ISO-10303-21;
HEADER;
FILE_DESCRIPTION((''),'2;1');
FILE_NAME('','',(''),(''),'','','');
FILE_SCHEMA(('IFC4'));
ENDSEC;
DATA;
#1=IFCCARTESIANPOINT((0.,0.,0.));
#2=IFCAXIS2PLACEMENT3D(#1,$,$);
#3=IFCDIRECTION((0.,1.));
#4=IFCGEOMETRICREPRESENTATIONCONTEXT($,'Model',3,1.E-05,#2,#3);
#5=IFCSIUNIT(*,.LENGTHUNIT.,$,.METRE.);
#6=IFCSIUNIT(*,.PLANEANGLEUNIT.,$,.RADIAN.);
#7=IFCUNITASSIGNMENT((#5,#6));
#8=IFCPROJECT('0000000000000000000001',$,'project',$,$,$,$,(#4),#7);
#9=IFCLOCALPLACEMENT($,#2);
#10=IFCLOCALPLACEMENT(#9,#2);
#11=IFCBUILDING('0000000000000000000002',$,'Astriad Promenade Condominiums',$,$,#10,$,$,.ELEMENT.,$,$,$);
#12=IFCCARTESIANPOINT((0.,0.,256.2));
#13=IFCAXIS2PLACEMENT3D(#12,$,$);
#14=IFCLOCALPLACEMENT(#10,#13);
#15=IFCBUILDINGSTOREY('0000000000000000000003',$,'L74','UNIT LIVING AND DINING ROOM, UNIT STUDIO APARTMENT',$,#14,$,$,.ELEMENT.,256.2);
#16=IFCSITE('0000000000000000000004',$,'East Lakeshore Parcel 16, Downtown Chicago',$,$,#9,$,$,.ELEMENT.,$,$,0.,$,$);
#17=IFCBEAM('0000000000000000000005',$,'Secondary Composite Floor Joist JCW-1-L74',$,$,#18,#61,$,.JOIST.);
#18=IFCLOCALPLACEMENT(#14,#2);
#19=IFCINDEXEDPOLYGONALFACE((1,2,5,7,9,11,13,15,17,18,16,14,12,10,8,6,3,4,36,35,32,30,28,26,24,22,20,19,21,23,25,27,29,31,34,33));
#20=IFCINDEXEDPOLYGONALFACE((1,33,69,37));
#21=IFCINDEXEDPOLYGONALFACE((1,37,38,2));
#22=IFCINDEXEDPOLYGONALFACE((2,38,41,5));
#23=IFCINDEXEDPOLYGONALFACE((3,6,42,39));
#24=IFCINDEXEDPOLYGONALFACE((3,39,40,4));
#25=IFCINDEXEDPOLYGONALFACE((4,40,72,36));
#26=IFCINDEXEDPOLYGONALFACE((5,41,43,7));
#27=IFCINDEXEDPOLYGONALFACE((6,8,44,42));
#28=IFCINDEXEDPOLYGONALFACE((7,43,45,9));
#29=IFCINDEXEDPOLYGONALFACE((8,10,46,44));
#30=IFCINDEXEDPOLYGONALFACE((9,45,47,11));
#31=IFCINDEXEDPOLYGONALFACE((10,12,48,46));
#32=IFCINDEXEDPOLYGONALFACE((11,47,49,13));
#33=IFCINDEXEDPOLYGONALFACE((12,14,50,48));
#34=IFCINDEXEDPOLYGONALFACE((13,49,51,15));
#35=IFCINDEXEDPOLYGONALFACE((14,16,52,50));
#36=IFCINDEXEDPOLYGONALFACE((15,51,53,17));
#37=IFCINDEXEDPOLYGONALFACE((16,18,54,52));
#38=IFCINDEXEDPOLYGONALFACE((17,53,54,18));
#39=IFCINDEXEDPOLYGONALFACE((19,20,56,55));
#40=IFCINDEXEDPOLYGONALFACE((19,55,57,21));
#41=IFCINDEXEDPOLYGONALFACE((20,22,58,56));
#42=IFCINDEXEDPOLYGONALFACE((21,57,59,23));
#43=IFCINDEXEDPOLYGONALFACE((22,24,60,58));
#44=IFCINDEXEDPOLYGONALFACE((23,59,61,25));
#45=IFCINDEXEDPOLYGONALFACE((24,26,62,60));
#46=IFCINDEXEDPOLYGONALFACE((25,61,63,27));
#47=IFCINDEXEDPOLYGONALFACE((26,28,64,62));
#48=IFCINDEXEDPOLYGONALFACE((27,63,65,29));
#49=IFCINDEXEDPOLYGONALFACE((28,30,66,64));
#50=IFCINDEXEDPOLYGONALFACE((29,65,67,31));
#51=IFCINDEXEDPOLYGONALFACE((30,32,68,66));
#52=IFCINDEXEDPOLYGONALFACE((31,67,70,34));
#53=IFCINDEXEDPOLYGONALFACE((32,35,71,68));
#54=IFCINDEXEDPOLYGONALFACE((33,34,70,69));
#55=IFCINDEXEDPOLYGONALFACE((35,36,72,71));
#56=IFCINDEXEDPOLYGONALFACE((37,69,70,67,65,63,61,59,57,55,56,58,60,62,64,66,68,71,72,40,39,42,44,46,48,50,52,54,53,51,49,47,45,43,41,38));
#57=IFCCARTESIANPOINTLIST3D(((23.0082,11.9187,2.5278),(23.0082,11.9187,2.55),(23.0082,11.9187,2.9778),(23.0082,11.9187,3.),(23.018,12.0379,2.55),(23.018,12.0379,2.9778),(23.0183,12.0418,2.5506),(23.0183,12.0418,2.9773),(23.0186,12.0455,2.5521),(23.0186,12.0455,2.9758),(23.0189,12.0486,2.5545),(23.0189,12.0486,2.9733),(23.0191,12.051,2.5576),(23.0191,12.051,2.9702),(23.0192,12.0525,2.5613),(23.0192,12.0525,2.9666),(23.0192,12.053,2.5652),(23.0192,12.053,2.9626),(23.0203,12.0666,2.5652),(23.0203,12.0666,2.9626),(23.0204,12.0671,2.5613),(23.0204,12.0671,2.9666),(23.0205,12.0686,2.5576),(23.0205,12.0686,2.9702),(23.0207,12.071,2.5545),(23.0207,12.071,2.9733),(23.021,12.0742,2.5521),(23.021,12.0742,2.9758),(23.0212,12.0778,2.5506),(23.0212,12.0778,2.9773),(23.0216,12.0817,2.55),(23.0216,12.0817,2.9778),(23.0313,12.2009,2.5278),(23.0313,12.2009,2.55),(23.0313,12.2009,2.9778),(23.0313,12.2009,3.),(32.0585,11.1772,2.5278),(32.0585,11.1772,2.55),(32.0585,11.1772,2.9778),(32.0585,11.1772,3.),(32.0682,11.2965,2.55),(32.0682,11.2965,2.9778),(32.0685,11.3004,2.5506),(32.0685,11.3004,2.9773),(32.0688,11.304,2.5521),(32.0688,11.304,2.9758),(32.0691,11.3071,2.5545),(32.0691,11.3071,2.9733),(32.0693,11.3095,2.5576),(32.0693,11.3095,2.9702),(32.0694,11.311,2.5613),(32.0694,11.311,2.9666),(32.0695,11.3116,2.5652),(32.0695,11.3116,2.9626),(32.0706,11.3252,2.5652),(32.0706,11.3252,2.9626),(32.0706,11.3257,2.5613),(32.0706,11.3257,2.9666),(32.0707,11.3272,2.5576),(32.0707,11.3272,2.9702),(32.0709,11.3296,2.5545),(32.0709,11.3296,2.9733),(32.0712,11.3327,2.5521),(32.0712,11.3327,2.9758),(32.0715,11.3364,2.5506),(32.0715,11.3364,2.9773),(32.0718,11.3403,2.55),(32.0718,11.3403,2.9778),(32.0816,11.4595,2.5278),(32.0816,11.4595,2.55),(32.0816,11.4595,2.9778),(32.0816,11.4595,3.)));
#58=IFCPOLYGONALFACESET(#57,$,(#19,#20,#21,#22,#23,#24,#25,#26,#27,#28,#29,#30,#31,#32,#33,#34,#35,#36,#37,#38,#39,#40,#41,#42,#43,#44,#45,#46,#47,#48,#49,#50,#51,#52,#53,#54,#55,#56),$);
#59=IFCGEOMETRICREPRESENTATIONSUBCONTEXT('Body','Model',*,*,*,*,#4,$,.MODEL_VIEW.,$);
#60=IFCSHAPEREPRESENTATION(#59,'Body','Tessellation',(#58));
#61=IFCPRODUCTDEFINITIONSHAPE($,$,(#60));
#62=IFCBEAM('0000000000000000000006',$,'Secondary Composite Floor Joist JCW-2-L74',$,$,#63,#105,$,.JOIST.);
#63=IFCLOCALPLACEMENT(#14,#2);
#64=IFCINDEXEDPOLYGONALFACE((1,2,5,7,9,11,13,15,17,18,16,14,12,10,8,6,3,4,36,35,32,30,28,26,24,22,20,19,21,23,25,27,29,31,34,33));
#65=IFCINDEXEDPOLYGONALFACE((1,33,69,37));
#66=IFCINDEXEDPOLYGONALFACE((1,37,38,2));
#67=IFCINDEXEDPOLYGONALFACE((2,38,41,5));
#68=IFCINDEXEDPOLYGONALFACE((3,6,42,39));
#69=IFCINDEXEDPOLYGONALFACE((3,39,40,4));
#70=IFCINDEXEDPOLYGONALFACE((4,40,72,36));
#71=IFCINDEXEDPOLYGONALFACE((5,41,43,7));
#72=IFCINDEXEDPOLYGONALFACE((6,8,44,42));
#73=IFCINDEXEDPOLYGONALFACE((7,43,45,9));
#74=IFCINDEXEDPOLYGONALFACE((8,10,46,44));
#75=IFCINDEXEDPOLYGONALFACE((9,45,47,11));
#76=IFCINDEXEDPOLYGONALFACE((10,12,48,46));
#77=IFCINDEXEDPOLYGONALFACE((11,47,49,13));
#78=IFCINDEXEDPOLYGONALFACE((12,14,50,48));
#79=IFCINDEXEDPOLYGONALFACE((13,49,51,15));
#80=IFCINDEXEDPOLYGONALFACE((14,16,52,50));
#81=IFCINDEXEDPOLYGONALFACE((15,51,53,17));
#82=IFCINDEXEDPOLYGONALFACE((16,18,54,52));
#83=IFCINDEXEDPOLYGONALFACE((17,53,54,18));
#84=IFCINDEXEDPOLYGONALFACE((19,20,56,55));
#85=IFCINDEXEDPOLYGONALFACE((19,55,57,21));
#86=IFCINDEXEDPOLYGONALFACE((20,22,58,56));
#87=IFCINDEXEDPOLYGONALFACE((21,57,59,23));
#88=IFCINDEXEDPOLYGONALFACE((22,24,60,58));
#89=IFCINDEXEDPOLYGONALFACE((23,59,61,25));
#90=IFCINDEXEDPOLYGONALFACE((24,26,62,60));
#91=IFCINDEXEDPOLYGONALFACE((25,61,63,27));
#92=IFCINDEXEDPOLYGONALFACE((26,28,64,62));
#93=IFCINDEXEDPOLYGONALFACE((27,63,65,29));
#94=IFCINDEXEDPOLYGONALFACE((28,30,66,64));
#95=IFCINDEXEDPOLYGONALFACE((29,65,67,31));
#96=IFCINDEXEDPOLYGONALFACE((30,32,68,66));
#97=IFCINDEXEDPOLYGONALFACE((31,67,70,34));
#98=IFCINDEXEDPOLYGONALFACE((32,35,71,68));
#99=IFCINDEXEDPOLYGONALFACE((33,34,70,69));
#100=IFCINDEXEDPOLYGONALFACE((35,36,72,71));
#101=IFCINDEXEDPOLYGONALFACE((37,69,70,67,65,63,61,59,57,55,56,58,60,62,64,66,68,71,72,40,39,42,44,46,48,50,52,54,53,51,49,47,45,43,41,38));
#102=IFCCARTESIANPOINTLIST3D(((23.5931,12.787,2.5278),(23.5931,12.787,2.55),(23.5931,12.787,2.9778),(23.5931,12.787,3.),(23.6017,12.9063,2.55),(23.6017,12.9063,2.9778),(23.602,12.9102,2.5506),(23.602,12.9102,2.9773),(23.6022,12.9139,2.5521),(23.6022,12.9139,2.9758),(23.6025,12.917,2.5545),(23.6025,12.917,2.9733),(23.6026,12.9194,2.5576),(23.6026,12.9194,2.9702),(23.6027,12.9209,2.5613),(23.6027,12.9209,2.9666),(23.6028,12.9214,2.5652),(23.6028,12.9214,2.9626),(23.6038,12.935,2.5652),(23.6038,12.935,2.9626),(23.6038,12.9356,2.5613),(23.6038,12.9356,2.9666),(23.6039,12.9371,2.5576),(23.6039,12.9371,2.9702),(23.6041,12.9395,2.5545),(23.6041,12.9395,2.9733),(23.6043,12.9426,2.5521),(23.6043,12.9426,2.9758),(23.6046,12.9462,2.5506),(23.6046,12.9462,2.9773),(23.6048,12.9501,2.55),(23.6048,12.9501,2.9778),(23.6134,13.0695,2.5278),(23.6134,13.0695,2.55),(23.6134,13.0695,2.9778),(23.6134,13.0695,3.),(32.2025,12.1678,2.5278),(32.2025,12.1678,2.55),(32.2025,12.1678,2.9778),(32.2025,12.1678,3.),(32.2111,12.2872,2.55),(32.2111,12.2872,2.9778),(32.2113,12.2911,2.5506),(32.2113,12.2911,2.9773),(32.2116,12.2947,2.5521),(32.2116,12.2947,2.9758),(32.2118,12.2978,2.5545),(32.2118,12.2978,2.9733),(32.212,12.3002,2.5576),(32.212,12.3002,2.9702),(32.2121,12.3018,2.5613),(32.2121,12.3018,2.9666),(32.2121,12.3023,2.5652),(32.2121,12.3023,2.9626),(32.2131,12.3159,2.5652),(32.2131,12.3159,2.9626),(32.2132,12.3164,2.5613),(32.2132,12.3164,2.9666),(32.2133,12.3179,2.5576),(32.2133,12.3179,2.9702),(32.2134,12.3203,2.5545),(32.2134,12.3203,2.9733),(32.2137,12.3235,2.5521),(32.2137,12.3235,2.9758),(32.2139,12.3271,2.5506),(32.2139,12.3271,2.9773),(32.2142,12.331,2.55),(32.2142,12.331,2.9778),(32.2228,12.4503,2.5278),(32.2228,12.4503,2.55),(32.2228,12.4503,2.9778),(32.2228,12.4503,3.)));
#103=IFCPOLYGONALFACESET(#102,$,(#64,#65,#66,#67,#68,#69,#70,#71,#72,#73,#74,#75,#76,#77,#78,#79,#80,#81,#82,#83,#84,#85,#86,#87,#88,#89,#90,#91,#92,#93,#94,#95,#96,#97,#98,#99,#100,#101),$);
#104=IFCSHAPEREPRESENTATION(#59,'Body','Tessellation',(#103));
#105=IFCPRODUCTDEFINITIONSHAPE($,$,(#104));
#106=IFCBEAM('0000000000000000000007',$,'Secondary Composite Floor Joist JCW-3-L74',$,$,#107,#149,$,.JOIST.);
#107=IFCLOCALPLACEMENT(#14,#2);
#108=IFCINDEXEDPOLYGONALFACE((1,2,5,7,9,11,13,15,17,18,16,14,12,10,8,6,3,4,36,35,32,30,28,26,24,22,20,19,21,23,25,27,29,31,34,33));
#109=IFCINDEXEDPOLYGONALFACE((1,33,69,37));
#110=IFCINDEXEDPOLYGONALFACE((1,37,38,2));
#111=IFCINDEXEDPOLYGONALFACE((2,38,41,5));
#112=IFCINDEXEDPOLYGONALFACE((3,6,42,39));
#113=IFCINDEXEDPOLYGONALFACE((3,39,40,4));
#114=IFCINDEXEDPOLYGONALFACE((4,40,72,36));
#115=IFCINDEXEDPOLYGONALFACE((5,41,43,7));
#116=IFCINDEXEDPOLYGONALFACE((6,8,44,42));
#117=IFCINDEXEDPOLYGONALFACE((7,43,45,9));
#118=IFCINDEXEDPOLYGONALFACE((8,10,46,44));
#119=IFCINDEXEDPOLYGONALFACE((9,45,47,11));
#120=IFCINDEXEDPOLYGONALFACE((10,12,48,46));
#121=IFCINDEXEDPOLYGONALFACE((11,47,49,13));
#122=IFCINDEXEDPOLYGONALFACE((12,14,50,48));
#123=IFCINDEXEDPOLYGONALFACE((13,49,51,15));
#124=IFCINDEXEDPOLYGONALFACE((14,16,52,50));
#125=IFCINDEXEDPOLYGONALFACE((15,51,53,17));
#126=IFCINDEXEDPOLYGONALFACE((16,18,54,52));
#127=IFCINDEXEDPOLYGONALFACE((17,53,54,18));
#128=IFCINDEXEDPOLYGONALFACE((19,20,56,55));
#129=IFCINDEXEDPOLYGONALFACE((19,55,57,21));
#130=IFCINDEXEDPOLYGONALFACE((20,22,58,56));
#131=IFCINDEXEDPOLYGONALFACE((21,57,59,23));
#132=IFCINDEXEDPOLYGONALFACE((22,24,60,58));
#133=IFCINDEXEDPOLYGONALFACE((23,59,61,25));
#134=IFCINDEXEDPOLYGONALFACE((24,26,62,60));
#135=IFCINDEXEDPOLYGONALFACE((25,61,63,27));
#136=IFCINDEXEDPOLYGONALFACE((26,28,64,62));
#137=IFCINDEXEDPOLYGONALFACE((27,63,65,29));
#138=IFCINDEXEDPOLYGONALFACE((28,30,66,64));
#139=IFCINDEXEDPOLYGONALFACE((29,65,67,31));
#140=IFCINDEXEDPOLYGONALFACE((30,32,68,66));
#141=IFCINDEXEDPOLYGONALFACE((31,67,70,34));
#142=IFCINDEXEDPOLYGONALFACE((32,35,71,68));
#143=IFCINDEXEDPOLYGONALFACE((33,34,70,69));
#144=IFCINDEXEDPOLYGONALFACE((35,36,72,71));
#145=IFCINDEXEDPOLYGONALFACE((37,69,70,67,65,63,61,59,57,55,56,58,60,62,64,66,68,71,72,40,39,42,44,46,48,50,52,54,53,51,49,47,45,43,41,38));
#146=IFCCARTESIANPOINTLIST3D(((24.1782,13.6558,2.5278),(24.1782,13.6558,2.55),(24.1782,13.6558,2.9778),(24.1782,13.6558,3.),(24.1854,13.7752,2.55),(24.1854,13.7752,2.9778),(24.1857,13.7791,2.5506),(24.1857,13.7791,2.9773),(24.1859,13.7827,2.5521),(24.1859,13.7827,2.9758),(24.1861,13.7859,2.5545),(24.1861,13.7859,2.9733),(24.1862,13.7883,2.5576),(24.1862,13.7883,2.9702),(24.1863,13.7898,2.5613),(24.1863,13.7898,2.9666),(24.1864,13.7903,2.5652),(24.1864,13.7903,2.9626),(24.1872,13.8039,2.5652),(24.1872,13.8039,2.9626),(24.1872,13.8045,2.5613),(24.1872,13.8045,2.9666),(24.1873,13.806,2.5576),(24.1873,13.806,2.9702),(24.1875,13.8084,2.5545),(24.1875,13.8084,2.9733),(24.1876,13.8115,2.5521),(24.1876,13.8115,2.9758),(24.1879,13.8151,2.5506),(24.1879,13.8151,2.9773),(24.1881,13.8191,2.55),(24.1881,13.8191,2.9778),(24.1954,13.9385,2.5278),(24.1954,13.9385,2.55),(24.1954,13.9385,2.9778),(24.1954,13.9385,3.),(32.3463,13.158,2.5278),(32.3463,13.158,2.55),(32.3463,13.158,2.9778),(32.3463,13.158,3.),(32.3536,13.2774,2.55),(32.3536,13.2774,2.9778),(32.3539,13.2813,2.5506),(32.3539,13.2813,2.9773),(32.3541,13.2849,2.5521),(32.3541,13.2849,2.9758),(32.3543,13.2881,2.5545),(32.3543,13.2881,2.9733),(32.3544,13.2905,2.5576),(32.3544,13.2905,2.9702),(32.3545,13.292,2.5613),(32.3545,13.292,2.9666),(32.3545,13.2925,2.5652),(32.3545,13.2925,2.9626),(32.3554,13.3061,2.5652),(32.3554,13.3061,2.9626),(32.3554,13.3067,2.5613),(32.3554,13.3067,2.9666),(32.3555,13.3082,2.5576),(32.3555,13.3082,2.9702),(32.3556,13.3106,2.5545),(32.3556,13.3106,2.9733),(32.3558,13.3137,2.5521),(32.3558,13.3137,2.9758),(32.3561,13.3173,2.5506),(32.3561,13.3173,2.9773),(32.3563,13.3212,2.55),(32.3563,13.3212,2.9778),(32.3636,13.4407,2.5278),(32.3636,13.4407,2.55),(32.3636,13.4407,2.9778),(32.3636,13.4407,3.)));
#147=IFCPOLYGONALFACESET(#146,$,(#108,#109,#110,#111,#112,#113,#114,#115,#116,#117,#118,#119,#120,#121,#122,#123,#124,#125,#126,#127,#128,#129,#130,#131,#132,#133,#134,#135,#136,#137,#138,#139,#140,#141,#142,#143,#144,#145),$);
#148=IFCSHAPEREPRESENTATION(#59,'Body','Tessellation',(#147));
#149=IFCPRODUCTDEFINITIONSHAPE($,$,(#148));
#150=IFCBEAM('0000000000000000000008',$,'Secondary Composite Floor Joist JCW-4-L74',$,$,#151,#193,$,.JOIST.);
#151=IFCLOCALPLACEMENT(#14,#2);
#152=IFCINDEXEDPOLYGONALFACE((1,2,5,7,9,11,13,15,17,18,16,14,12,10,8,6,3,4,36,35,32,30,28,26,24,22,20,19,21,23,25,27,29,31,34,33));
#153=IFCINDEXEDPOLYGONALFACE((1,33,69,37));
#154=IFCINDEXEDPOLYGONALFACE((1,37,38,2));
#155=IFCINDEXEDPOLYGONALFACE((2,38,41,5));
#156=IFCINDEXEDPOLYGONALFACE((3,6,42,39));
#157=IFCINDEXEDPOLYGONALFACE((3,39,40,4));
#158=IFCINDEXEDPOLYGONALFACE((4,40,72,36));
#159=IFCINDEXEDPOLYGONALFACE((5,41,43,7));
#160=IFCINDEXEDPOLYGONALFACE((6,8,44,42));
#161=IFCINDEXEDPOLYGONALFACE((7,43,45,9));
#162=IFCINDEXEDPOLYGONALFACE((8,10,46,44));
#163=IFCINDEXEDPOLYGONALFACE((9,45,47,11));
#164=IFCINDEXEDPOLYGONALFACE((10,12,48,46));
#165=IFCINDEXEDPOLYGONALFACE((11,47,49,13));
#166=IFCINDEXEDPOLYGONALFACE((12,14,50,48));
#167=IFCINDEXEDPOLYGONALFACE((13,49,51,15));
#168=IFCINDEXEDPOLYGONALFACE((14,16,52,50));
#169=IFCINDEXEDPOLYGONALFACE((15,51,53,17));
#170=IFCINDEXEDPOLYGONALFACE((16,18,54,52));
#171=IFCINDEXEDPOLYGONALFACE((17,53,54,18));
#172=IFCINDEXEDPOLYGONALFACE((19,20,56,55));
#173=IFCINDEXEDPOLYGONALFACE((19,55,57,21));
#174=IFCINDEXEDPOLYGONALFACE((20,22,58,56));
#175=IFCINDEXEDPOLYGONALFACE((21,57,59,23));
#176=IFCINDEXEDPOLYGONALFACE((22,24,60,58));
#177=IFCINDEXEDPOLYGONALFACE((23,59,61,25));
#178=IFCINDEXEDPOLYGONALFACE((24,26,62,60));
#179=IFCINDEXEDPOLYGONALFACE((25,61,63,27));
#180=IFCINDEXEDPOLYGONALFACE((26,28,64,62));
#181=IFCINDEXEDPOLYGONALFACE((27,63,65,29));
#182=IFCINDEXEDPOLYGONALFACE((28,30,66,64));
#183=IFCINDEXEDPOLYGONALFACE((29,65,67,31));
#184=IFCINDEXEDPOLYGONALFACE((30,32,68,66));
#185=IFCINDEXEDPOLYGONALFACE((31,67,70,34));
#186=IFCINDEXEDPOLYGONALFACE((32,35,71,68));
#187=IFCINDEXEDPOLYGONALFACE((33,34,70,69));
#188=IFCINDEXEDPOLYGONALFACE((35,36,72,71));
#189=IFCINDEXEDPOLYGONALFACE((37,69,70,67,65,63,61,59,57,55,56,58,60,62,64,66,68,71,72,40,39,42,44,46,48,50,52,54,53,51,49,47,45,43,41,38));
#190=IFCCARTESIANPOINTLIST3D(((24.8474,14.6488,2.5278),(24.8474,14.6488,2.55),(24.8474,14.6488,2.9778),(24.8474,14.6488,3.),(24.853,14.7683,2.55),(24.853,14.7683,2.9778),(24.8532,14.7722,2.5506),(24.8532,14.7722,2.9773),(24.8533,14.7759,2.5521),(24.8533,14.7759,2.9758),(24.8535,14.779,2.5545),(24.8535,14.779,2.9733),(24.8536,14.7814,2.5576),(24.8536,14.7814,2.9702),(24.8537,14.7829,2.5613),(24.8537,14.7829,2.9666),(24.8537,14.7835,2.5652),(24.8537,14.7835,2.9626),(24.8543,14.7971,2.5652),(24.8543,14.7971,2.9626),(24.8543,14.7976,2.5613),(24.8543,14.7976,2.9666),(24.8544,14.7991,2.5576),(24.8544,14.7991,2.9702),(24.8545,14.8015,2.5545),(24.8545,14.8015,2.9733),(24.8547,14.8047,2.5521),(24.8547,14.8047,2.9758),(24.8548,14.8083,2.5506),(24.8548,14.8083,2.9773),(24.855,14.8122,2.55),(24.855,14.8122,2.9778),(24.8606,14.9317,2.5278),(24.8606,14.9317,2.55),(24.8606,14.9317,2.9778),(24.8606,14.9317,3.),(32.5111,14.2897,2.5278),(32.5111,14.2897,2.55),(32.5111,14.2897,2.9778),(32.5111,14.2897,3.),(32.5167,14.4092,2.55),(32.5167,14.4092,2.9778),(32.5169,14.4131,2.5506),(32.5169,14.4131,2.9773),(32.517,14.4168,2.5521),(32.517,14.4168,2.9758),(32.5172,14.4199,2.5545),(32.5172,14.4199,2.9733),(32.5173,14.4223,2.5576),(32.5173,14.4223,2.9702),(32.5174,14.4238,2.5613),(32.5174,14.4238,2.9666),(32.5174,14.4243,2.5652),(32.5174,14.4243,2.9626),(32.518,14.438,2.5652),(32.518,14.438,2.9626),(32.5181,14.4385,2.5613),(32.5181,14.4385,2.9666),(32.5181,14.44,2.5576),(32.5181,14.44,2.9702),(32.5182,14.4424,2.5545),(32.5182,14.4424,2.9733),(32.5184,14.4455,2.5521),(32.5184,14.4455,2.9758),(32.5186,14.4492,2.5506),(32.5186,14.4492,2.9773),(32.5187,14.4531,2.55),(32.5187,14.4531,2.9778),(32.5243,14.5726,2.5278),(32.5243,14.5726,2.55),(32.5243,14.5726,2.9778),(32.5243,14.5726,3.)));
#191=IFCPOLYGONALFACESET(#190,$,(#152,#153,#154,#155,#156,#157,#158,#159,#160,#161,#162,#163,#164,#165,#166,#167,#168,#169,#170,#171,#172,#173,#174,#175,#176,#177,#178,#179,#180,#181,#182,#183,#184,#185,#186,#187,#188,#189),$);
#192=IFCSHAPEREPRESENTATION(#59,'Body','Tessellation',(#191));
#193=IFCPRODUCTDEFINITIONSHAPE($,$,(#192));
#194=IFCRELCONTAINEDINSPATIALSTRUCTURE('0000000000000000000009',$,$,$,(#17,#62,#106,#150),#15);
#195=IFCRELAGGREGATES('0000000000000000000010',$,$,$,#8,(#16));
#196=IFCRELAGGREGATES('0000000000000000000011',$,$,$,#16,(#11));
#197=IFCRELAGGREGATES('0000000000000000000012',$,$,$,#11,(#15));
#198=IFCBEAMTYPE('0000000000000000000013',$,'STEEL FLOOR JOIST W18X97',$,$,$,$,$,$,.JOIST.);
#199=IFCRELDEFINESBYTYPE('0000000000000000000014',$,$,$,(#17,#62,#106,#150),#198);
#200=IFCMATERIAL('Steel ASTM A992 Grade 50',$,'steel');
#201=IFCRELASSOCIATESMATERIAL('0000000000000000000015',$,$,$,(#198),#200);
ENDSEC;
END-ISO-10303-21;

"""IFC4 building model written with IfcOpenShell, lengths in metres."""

from ifc_helpers import new_model, si_unit, direction, frame, origin, origin_2d, place, context, subcontext, project, spatial, i_section, extrude, source, transform, mapped, material, material_profile, profile_set, type_object, element, save


model = new_model("IFC4")

# Units and contexts
model_context = context("Model", 3, precision=1e-05, world=origin(), true_north=direction((0.0, 1.0)))
body_context = subcontext(model_context, "Body", "Model", "MODEL_VIEW")
ifc_project = project(units=[si_unit("LENGTHUNIT", "METRE"), si_unit("PLANEANGLEUNIT", "RADIAN")], contexts=[model_context])

# Site, building, storey
site_placement = place(None, origin())
site = spatial("IfcSite", under=ifc_project, at=site_placement, Name="East Lakeshore Parcel 16, Downtown Chicago", CompositionType="ELEMENT", RefElevation=0.0)
building_placement = place(site_placement, origin())
building = spatial("IfcBuilding", under=site, at=building_placement, Name="Astriad Promenade Condominiums", CompositionType="ELEMENT")
storey_placement = place(building_placement, frame((0.0, 0.0, 256.2)))
storey = spatial("IfcBuildingStorey", under=building, at=storey_placement, Name="L74", Description="UNIT LIVING AND DINING ROOM, UNIT STUDIO APARTMENT", CompositionType="ELEMENT", Elevation=256.2)

# Beams
ifc_material_1 = material(Name="Steel ASTM A992 Grade 50", Category="steel")
ifc_material_profile_1 = material_profile(ifc_material_1, i_section(OverallWidth=0.2832, OverallDepth=0.4722, WebThickness=0.0137, FlangeThickness=0.0222, FilletRadius=0.0151, at=origin_2d()), Name="W18X97")
ifc_profile_set_1 = profile_set([ifc_material_profile_1], Name="Steel ASTM A992 Grade 50")
beam_type_1 = type_object("IfcBeamType", Name="STEEL FLOOR JOIST W18X97", PredefinedType="JOIST", material=ifc_profile_set_1)
shared_shape_1 = source(origin(), body_context, "Body", "SweptSolid", [
    extrude(i_section(OverallWidth=0.2832, OverallDepth=0.4722, WebThickness=0.0137, FlangeThickness=0.0222, FilletRadius=0.0151, at=origin_2d()), origin(), (0.0, 0.0, 1.0), 9.0806),
])
beam_1_placement = place(storey_placement, frame((23.0198, 12.0598, 2.7639), z_axis=(0.996661, -0.081653, 0.0), x_axis=(0.081653, 0.996661, 0.0)))
element("IfcBeam", 1, at=beam_1_placement, inside=storey, type_object=beam_type_1, Name="Secondary Composite Floor Joist JCW-1-L74", PredefinedType="JOIST", context=body_context, shape_type="MappedRepresentation", body=[
    mapped(shared_shape_1, transform((0.0, 0.0, 0.0), scale=1.0)),
])
shared_shape_2 = source(origin(), body_context, "Body", "SweptSolid", [
    extrude(i_section(OverallWidth=0.2832, OverallDepth=0.4722, WebThickness=0.0137, FlangeThickness=0.0222, FilletRadius=0.0151, at=origin_2d()), origin(), (0.0, 0.0, 1.0), 8.6316),
])
beam_2_placement = place(storey_placement, frame((23.6033, 12.9282, 2.7639), z_axis=(0.997424, -0.071729, 0.0), x_axis=(0.071729, 0.997424, 0.0)))
element("IfcBeam", 2, at=beam_2_placement, inside=storey, type_object=beam_type_1, Name="Secondary Composite Floor Joist JCW-2-L74", PredefinedType="JOIST", context=body_context, shape_type="MappedRepresentation", body=[
    mapped(shared_shape_2, transform((0.0, 0.0, 0.0), scale=1.0)),
])
shared_shape_3 = source(origin(), body_context, "Body", "SweptSolid", [
    extrude(i_section(OverallWidth=0.2832, OverallDepth=0.4722, WebThickness=0.0137, FlangeThickness=0.0222, FilletRadius=0.0151, at=origin_2d()), origin(), (0.0, 0.0, 1.0), 8.1833),
])
beam_3_placement = place(storey_placement, frame((24.1868, 13.7971, 2.7639), z_axis=(0.998148, -0.060831, 0.0), x_axis=(0.060831, 0.998148, 0.0)))
element("IfcBeam", 3, at=beam_3_placement, inside=storey, type_object=beam_type_1, Name="Secondary Composite Floor Joist JCW-3-L74", PredefinedType="JOIST", context=body_context, shape_type="MappedRepresentation", body=[
    mapped(shared_shape_3, transform((0.0, 0.0, 0.0), scale=1.0)),
])
shared_shape_4 = source(origin(), body_context, "Body", "SweptSolid", [
    extrude(i_section(OverallWidth=0.2832, OverallDepth=0.4722, WebThickness=0.0137, FlangeThickness=0.0222, FilletRadius=0.0151, at=origin_2d()), origin(), (0.0, 0.0, 1.0), 7.6721),
])
beam_4_placement = place(storey_placement, frame((24.854, 14.7903, 2.7639), z_axis=(0.998904, -0.046809, 0.0), x_axis=(0.046809, 0.998904, 0.0)))
element("IfcBeam", 4, at=beam_4_placement, inside=storey, type_object=beam_type_1, Name="Secondary Composite Floor Joist JCW-4-L74", PredefinedType="JOIST", context=body_context, shape_type="MappedRepresentation", body=[
    mapped(shared_shape_4, transform((0.0, 0.0, 0.0), scale=1.0)),
])

save(model, "model.ifc")
